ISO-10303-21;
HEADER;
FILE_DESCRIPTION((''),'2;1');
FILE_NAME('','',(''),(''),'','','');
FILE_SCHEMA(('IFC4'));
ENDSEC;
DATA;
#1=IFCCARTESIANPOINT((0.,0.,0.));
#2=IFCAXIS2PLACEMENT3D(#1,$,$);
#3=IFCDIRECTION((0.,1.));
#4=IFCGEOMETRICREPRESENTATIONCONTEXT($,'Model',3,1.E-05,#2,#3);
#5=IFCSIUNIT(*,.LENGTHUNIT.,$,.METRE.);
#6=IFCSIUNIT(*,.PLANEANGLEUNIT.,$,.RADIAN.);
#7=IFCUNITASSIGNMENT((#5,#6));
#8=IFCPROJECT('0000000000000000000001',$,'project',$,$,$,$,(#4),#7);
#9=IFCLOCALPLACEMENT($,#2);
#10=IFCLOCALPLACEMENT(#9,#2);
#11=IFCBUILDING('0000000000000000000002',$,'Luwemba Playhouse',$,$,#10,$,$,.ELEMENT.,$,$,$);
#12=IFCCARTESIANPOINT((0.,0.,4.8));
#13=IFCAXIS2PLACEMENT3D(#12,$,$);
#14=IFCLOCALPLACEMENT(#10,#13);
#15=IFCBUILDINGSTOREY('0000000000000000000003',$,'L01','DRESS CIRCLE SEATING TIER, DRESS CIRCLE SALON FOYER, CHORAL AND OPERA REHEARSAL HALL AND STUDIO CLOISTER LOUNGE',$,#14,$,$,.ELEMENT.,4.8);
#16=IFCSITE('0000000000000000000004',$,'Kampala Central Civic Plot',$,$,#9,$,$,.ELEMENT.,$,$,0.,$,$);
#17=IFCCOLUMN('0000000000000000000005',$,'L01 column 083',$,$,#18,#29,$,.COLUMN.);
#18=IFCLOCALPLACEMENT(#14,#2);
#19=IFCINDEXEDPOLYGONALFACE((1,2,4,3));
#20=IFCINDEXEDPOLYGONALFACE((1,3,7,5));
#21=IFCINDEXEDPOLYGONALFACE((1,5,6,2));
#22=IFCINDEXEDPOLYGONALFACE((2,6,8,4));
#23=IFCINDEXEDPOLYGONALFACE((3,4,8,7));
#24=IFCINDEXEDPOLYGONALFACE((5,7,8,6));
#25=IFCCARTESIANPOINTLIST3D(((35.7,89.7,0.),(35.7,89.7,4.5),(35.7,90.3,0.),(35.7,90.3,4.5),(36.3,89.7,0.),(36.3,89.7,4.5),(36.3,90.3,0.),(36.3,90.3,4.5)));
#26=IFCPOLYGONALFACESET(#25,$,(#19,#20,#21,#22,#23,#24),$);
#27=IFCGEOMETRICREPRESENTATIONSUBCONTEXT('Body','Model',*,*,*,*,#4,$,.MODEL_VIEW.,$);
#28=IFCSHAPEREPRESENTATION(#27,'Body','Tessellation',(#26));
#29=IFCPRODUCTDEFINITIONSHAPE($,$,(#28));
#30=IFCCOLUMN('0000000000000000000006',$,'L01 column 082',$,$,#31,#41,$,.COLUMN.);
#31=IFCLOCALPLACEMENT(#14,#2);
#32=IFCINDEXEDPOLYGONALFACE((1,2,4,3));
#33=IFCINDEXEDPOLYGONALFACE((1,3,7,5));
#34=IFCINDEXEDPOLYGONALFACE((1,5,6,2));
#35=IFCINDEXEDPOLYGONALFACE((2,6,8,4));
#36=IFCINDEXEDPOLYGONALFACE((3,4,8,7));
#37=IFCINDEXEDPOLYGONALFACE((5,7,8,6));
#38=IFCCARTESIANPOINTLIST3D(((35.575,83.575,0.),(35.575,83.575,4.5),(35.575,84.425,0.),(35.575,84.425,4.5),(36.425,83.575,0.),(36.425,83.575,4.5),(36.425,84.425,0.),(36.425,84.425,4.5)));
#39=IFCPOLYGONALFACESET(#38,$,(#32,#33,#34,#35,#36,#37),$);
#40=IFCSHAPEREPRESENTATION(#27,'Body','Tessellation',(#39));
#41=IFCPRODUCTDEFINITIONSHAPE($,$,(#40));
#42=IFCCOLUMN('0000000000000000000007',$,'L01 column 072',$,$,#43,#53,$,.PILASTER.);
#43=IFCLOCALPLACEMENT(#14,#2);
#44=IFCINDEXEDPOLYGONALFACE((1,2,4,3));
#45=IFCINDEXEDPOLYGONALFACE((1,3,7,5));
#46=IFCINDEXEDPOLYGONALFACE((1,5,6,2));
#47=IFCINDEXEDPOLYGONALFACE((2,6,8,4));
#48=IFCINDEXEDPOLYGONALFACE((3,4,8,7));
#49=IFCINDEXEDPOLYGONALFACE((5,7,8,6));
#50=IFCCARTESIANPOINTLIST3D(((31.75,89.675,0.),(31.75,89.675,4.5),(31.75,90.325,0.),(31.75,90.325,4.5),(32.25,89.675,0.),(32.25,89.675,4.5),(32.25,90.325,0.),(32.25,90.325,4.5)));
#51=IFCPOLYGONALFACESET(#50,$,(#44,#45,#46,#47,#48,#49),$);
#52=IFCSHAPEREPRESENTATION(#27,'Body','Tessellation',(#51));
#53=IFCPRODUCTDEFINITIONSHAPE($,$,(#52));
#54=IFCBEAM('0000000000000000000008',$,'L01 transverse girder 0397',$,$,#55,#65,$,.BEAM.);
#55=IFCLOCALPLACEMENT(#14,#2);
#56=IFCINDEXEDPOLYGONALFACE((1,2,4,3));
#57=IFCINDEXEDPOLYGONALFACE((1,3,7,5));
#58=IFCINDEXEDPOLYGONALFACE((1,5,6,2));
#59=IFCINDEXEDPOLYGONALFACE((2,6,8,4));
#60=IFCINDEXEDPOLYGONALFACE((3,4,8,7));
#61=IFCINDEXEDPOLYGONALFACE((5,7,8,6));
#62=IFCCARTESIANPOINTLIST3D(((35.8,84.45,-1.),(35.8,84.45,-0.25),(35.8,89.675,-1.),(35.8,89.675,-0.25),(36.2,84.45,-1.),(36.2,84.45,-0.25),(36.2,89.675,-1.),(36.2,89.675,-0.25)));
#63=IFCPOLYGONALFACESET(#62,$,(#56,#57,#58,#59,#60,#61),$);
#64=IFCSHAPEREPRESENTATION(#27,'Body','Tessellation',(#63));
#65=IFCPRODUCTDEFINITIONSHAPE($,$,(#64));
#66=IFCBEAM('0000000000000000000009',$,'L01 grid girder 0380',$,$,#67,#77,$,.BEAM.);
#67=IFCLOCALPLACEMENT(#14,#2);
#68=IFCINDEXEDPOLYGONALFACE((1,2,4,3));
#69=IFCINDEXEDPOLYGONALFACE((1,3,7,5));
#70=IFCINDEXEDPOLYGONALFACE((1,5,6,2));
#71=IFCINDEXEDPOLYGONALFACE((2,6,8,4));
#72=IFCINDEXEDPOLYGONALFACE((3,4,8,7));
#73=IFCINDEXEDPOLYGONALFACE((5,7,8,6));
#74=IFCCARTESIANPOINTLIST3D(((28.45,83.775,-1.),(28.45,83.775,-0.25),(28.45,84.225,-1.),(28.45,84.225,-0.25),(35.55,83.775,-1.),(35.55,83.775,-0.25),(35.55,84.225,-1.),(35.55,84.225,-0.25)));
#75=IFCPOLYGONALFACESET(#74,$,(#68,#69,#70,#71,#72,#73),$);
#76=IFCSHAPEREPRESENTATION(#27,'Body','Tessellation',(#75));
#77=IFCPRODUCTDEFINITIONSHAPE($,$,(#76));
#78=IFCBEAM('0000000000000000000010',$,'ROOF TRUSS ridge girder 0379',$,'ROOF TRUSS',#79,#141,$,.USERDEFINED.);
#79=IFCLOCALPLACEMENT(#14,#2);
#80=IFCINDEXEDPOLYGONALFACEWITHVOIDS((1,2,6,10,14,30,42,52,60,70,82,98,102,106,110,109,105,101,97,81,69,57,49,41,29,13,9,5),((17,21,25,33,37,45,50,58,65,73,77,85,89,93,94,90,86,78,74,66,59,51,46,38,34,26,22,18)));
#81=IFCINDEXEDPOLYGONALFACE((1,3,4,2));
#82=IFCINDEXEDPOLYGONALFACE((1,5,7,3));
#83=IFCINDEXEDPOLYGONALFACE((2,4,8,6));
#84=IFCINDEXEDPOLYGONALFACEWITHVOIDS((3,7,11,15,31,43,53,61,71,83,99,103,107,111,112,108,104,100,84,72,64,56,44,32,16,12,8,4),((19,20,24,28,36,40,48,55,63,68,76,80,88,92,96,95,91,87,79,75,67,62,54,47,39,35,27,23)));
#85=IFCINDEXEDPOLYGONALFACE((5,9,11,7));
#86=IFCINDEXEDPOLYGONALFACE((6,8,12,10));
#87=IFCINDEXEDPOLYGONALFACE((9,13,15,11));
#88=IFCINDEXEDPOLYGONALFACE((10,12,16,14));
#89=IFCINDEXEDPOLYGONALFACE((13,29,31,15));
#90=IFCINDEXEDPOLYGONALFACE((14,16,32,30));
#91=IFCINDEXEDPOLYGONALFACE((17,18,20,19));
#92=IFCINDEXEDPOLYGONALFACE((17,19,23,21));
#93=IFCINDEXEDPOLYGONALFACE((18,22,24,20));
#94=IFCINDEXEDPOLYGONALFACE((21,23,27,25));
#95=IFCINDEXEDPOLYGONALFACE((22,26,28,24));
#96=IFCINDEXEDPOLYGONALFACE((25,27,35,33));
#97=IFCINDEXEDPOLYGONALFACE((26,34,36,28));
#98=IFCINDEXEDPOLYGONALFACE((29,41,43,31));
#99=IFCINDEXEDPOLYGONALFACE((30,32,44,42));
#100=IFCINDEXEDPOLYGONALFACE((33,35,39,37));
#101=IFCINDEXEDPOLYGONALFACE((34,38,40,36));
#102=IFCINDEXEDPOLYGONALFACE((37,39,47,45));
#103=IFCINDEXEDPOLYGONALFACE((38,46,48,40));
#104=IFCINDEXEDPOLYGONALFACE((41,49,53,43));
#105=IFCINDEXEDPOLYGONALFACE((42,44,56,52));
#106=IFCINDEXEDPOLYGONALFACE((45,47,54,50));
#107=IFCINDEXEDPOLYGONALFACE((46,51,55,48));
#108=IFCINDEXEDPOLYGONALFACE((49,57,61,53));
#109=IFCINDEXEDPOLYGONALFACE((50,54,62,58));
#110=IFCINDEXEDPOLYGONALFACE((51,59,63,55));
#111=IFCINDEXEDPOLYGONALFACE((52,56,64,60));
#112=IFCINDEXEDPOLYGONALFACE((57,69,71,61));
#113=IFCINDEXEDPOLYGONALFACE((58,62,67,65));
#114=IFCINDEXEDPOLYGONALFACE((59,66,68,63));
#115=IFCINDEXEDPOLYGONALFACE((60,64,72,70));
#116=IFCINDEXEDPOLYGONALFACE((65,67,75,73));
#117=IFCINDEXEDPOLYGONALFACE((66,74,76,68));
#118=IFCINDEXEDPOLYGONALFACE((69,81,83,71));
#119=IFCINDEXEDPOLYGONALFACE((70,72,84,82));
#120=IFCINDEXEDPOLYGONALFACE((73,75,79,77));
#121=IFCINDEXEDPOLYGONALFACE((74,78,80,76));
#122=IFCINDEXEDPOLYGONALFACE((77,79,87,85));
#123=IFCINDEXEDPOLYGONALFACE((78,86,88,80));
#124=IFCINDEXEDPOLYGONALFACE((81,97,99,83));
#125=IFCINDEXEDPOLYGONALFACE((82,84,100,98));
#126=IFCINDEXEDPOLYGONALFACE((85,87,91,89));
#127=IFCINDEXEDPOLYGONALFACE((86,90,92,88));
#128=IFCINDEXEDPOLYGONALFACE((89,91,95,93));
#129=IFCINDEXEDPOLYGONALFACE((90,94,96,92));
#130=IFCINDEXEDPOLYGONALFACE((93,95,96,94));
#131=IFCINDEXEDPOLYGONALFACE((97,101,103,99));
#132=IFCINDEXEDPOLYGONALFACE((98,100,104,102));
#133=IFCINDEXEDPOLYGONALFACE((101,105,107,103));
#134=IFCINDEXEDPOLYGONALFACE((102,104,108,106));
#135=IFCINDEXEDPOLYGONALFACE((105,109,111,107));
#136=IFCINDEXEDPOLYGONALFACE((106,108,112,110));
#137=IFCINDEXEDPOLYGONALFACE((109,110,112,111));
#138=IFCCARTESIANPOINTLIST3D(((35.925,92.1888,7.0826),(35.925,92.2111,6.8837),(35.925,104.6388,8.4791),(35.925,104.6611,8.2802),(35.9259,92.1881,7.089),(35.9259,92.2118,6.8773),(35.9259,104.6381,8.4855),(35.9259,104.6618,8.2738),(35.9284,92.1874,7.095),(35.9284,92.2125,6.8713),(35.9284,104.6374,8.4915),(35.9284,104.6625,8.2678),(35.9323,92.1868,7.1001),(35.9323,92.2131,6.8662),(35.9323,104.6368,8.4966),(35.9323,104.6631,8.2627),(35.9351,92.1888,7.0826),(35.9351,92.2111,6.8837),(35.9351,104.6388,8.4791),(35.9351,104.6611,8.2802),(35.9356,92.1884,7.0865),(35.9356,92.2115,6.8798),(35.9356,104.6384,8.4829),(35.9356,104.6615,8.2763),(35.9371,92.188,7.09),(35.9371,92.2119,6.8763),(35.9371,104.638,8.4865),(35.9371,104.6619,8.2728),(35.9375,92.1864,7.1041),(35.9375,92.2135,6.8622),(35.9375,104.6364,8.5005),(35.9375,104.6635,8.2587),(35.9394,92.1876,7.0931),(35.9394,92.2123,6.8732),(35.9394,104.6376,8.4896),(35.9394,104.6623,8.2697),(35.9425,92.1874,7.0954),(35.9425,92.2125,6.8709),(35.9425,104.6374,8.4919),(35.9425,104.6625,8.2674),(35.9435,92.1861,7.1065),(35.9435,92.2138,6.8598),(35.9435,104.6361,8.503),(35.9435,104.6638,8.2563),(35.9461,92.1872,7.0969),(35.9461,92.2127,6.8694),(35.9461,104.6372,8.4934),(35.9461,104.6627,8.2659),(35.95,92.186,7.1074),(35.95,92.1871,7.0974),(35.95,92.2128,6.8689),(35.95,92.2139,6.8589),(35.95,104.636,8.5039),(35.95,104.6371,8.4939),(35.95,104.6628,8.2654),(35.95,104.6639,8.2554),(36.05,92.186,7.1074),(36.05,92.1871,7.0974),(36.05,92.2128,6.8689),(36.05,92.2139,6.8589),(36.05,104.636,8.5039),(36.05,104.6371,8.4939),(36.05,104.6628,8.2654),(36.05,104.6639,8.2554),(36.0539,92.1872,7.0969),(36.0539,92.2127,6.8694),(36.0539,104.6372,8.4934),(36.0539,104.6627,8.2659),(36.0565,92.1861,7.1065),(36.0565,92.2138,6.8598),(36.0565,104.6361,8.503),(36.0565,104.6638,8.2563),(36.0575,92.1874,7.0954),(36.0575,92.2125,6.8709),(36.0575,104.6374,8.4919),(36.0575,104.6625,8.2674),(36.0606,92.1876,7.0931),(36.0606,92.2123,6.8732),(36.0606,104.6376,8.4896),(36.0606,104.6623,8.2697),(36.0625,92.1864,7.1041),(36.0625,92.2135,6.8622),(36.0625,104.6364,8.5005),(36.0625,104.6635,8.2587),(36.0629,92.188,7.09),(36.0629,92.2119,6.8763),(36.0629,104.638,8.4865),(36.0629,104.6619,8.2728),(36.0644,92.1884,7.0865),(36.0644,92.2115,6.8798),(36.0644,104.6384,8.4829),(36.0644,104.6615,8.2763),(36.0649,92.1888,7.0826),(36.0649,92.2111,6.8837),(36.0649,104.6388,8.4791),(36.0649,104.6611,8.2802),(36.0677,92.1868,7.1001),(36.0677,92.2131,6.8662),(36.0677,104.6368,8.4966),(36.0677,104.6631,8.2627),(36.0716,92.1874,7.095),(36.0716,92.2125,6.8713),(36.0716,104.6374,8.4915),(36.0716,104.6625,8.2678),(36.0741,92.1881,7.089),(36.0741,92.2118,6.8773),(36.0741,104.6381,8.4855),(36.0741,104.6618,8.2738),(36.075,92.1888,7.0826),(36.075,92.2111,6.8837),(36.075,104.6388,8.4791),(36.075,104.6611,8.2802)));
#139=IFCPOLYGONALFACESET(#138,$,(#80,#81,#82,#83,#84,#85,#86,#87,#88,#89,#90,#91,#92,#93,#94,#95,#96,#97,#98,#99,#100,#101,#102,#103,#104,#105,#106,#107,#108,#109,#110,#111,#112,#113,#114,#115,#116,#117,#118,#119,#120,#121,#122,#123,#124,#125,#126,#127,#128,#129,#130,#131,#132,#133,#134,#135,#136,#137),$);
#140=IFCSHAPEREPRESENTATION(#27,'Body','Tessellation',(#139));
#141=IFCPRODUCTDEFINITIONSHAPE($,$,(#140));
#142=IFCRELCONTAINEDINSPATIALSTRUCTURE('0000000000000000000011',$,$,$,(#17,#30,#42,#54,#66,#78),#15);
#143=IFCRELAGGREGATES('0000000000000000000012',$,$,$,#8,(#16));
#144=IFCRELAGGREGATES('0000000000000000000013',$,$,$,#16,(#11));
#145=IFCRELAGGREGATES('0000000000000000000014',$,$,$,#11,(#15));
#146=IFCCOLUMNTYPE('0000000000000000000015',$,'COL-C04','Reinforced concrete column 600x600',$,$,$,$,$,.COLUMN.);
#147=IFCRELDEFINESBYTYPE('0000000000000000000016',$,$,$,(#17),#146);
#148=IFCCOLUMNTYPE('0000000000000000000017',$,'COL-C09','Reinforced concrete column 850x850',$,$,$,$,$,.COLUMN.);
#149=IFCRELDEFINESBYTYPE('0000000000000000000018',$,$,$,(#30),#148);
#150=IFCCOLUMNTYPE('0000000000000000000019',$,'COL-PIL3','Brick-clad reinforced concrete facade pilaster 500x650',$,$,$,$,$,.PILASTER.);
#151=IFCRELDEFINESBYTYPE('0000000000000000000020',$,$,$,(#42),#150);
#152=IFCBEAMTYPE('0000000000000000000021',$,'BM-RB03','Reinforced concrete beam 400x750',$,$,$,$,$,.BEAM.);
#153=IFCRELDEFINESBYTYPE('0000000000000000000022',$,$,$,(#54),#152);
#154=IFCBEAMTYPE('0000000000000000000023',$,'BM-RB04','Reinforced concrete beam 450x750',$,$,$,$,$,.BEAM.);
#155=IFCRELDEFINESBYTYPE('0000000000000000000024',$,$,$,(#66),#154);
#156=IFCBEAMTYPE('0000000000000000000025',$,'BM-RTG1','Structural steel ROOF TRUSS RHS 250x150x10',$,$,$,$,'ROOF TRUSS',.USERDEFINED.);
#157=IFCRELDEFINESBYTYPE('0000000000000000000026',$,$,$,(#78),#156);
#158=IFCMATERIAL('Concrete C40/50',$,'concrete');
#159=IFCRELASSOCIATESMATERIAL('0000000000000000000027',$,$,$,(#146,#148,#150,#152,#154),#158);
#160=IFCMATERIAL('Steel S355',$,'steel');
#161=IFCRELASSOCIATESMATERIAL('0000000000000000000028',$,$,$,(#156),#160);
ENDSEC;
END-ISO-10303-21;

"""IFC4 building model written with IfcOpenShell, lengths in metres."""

from ifc_helpers import new_model, si_unit, direction, frame, origin, origin_2d, place, context, subcontext, project, spatial, rectangle, hollow_rectangle, extrude, material, material_profile, profile_set, type_object, element, save


model = new_model("IFC4")

# Units and contexts
model_context = context("Model", 3, precision=1e-05, world=origin(), true_north=direction((0.0, 1.0)))
body_context = subcontext(model_context, "Body", "Model", "MODEL_VIEW")
ifc_project = project(units=[si_unit("LENGTHUNIT", "METRE"), si_unit("PLANEANGLEUNIT", "RADIAN")], contexts=[model_context])

# Site, building, storey
site_placement = place(None, origin())
site = spatial("IfcSite", under=ifc_project, at=site_placement, Name="Kampala Central Civic Plot", CompositionType="ELEMENT", RefElevation=0.0)
building_placement = place(site_placement, origin())
building = spatial("IfcBuilding", under=site, at=building_placement, Name="Luwemba Playhouse", CompositionType="ELEMENT")
storey_placement = place(building_placement, frame((0.0, 0.0, 4.8)))
storey = spatial("IfcBuildingStorey", under=building, at=storey_placement, Name="L01", Description="DRESS CIRCLE SEATING TIER, DRESS CIRCLE SALON FOYER, CHORAL AND OPERA REHEARSAL HALL AND STUDIO CLOISTER LOUNGE", CompositionType="ELEMENT", Elevation=4.8)

# Columns
ifc_material_1 = material(Name="Concrete C40/50", Category="concrete")
ifc_material_profile_1 = material_profile(ifc_material_1, rectangle(XDim=0.6001, YDim=0.6001, at=origin_2d()))
ifc_profile_set_1 = profile_set([ifc_material_profile_1], Name="Concrete C40/50")
column_type_1 = type_object("IfcColumnType", Name="COL-C04", Description="Reinforced concrete column 600x600", PredefinedType="COLUMN", material=ifc_profile_set_1)
column_1_placement = place(storey_placement, frame((36.0, 90.0, 0.0), z_axis=(0.0, 0.0, 1.0), x_axis=(1.0, 0.0, 0.0)))
element("IfcColumn", 1, at=column_1_placement, inside=storey, type_object=column_type_1, Name="L01 column 083", PredefinedType="COLUMN", context=body_context, shape_type="SweptSolid", body=[
    extrude(rectangle(XDim=0.6001, YDim=0.6001, at=origin_2d()), origin(), (0.0, 0.0, 1.0), 4.5),
])
ifc_material_profile_2 = material_profile(ifc_material_1, rectangle(XDim=0.8501, YDim=0.8501, at=origin_2d()))
ifc_profile_set_2 = profile_set([ifc_material_profile_2], Name="Concrete C40/50")
column_type_2 = type_object("IfcColumnType", Name="COL-C09", Description="Reinforced concrete column 850x850", PredefinedType="COLUMN", material=ifc_profile_set_2)
column_2_placement = place(storey_placement, frame((36.0, 84.0, 0.0), z_axis=(0.0, 0.0, 1.0), x_axis=(1.0, 0.0, 0.0)))
element("IfcColumn", 2, at=column_2_placement, inside=storey, type_object=column_type_2, Name="L01 column 082", PredefinedType="COLUMN", context=body_context, shape_type="SweptSolid", body=[
    extrude(rectangle(XDim=0.8501, YDim=0.8501, at=origin_2d()), origin(), (0.0, 0.0, 1.0), 4.5),
])
ifc_material_profile_3 = material_profile(ifc_material_1, rectangle(XDim=0.5, YDim=0.6499, at=origin_2d()))
ifc_profile_set_3 = profile_set([ifc_material_profile_3], Name="Concrete C40/50")
column_type_3 = type_object("IfcColumnType", Name="COL-PIL3", Description="Brick-clad reinforced concrete facade pilaster 500x650", PredefinedType="PILASTER", material=ifc_profile_set_3)
column_3_placement = place(storey_placement, frame((32.0, 90.0, 0.0), z_axis=(0.0, 0.0, 1.0), x_axis=(1.0, 0.0, 0.0)))
element("IfcColumn", 3, at=column_3_placement, inside=storey, type_object=column_type_3, Name="L01 column 072", PredefinedType="PILASTER", context=body_context, shape_type="SweptSolid", body=[
    extrude(rectangle(XDim=0.5, YDim=0.6499, at=origin_2d()), origin(), (0.0, 0.0, 1.0), 4.5),
])

# Beams
ifc_material_profile_4 = material_profile(ifc_material_1, rectangle(XDim=0.3999, YDim=0.75, at=origin_2d()))
ifc_profile_set_4 = profile_set([ifc_material_profile_4], Name="Concrete C40/50")
beam_type_1 = type_object("IfcBeamType", Name="BM-RB03", Description="Reinforced concrete beam 400x750", PredefinedType="BEAM", material=ifc_profile_set_4)
beam_1_placement = place(storey_placement, frame((36.0, 84.45, -0.625), z_axis=(0.0, 1.0, 0.0), x_axis=(-1.0, 0.0, 0.0)))
element("IfcBeam", 4, at=beam_1_placement, inside=storey, type_object=beam_type_1, Name="L01 transverse girder 0397", PredefinedType="BEAM", context=body_context, shape_type="SweptSolid", body=[
    extrude(rectangle(XDim=0.3999, YDim=0.75, at=origin_2d()), origin(), (0.0, 0.0, 1.0), 5.2251),
])
ifc_material_profile_5 = material_profile(ifc_material_1, rectangle(XDim=0.45, YDim=0.75, at=origin_2d()))
ifc_profile_set_5 = profile_set([ifc_material_profile_5], Name="Concrete C40/50")
beam_type_2 = type_object("IfcBeamType", Name="BM-RB04", Description="Reinforced concrete beam 450x750", PredefinedType="BEAM", material=ifc_profile_set_5)
beam_2_placement = place(storey_placement, frame((28.45, 84.0, -0.625), z_axis=(1.0, 0.0, 0.0), x_axis=(0.0, 1.0, 0.0)))
element("IfcBeam", 5, at=beam_2_placement, inside=storey, type_object=beam_type_2, Name="L01 grid girder 0380", PredefinedType="BEAM", context=body_context, shape_type="SweptSolid", body=[
    extrude(rectangle(XDim=0.45, YDim=0.75, at=origin_2d()), origin(), (0.0, 0.0, 1.0), 7.1001),
])
ifc_material_2 = material(Name="Steel S355", Category="steel")
ifc_material_profile_6 = material_profile(ifc_material_2, hollow_rectangle(XDim=0.1499, YDim=0.25, WallThickness=0.01, InnerFilletRadius=0.0149, OuterFilletRadius=0.0249, at=origin_2d()))
ifc_profile_set_6 = profile_set([ifc_material_profile_6], Name="Steel S355")
beam_type_3 = type_object("IfcBeamType", Name="BM-RTG1", Description="Structural steel ROOF TRUSS RHS 250x150x10", ElementType="ROOF TRUSS", PredefinedType="USERDEFINED", material=ifc_profile_set_6)
beam_3_placement = place(storey_placement, frame((36.0, 92.2, 6.9832), z_axis=(0.0, 0.993768, 0.111469), x_axis=(-1.0, 0.0, 0.0)))
element("IfcBeam", 6, at=beam_3_placement, inside=storey, type_object=beam_type_3, Name="ROOF TRUSS ridge girder 0379", ObjectType="ROOF TRUSS", PredefinedType="USERDEFINED", context=body_context, shape_type="SweptSolid", body=[
    extrude(hollow_rectangle(XDim=0.1499, YDim=0.25, WallThickness=0.01, InnerFilletRadius=0.0149, OuterFilletRadius=0.0249, at=origin_2d()), origin(), (0.0, 0.0, 1.0), 12.5281),
])

save(model, "model.ifc")
